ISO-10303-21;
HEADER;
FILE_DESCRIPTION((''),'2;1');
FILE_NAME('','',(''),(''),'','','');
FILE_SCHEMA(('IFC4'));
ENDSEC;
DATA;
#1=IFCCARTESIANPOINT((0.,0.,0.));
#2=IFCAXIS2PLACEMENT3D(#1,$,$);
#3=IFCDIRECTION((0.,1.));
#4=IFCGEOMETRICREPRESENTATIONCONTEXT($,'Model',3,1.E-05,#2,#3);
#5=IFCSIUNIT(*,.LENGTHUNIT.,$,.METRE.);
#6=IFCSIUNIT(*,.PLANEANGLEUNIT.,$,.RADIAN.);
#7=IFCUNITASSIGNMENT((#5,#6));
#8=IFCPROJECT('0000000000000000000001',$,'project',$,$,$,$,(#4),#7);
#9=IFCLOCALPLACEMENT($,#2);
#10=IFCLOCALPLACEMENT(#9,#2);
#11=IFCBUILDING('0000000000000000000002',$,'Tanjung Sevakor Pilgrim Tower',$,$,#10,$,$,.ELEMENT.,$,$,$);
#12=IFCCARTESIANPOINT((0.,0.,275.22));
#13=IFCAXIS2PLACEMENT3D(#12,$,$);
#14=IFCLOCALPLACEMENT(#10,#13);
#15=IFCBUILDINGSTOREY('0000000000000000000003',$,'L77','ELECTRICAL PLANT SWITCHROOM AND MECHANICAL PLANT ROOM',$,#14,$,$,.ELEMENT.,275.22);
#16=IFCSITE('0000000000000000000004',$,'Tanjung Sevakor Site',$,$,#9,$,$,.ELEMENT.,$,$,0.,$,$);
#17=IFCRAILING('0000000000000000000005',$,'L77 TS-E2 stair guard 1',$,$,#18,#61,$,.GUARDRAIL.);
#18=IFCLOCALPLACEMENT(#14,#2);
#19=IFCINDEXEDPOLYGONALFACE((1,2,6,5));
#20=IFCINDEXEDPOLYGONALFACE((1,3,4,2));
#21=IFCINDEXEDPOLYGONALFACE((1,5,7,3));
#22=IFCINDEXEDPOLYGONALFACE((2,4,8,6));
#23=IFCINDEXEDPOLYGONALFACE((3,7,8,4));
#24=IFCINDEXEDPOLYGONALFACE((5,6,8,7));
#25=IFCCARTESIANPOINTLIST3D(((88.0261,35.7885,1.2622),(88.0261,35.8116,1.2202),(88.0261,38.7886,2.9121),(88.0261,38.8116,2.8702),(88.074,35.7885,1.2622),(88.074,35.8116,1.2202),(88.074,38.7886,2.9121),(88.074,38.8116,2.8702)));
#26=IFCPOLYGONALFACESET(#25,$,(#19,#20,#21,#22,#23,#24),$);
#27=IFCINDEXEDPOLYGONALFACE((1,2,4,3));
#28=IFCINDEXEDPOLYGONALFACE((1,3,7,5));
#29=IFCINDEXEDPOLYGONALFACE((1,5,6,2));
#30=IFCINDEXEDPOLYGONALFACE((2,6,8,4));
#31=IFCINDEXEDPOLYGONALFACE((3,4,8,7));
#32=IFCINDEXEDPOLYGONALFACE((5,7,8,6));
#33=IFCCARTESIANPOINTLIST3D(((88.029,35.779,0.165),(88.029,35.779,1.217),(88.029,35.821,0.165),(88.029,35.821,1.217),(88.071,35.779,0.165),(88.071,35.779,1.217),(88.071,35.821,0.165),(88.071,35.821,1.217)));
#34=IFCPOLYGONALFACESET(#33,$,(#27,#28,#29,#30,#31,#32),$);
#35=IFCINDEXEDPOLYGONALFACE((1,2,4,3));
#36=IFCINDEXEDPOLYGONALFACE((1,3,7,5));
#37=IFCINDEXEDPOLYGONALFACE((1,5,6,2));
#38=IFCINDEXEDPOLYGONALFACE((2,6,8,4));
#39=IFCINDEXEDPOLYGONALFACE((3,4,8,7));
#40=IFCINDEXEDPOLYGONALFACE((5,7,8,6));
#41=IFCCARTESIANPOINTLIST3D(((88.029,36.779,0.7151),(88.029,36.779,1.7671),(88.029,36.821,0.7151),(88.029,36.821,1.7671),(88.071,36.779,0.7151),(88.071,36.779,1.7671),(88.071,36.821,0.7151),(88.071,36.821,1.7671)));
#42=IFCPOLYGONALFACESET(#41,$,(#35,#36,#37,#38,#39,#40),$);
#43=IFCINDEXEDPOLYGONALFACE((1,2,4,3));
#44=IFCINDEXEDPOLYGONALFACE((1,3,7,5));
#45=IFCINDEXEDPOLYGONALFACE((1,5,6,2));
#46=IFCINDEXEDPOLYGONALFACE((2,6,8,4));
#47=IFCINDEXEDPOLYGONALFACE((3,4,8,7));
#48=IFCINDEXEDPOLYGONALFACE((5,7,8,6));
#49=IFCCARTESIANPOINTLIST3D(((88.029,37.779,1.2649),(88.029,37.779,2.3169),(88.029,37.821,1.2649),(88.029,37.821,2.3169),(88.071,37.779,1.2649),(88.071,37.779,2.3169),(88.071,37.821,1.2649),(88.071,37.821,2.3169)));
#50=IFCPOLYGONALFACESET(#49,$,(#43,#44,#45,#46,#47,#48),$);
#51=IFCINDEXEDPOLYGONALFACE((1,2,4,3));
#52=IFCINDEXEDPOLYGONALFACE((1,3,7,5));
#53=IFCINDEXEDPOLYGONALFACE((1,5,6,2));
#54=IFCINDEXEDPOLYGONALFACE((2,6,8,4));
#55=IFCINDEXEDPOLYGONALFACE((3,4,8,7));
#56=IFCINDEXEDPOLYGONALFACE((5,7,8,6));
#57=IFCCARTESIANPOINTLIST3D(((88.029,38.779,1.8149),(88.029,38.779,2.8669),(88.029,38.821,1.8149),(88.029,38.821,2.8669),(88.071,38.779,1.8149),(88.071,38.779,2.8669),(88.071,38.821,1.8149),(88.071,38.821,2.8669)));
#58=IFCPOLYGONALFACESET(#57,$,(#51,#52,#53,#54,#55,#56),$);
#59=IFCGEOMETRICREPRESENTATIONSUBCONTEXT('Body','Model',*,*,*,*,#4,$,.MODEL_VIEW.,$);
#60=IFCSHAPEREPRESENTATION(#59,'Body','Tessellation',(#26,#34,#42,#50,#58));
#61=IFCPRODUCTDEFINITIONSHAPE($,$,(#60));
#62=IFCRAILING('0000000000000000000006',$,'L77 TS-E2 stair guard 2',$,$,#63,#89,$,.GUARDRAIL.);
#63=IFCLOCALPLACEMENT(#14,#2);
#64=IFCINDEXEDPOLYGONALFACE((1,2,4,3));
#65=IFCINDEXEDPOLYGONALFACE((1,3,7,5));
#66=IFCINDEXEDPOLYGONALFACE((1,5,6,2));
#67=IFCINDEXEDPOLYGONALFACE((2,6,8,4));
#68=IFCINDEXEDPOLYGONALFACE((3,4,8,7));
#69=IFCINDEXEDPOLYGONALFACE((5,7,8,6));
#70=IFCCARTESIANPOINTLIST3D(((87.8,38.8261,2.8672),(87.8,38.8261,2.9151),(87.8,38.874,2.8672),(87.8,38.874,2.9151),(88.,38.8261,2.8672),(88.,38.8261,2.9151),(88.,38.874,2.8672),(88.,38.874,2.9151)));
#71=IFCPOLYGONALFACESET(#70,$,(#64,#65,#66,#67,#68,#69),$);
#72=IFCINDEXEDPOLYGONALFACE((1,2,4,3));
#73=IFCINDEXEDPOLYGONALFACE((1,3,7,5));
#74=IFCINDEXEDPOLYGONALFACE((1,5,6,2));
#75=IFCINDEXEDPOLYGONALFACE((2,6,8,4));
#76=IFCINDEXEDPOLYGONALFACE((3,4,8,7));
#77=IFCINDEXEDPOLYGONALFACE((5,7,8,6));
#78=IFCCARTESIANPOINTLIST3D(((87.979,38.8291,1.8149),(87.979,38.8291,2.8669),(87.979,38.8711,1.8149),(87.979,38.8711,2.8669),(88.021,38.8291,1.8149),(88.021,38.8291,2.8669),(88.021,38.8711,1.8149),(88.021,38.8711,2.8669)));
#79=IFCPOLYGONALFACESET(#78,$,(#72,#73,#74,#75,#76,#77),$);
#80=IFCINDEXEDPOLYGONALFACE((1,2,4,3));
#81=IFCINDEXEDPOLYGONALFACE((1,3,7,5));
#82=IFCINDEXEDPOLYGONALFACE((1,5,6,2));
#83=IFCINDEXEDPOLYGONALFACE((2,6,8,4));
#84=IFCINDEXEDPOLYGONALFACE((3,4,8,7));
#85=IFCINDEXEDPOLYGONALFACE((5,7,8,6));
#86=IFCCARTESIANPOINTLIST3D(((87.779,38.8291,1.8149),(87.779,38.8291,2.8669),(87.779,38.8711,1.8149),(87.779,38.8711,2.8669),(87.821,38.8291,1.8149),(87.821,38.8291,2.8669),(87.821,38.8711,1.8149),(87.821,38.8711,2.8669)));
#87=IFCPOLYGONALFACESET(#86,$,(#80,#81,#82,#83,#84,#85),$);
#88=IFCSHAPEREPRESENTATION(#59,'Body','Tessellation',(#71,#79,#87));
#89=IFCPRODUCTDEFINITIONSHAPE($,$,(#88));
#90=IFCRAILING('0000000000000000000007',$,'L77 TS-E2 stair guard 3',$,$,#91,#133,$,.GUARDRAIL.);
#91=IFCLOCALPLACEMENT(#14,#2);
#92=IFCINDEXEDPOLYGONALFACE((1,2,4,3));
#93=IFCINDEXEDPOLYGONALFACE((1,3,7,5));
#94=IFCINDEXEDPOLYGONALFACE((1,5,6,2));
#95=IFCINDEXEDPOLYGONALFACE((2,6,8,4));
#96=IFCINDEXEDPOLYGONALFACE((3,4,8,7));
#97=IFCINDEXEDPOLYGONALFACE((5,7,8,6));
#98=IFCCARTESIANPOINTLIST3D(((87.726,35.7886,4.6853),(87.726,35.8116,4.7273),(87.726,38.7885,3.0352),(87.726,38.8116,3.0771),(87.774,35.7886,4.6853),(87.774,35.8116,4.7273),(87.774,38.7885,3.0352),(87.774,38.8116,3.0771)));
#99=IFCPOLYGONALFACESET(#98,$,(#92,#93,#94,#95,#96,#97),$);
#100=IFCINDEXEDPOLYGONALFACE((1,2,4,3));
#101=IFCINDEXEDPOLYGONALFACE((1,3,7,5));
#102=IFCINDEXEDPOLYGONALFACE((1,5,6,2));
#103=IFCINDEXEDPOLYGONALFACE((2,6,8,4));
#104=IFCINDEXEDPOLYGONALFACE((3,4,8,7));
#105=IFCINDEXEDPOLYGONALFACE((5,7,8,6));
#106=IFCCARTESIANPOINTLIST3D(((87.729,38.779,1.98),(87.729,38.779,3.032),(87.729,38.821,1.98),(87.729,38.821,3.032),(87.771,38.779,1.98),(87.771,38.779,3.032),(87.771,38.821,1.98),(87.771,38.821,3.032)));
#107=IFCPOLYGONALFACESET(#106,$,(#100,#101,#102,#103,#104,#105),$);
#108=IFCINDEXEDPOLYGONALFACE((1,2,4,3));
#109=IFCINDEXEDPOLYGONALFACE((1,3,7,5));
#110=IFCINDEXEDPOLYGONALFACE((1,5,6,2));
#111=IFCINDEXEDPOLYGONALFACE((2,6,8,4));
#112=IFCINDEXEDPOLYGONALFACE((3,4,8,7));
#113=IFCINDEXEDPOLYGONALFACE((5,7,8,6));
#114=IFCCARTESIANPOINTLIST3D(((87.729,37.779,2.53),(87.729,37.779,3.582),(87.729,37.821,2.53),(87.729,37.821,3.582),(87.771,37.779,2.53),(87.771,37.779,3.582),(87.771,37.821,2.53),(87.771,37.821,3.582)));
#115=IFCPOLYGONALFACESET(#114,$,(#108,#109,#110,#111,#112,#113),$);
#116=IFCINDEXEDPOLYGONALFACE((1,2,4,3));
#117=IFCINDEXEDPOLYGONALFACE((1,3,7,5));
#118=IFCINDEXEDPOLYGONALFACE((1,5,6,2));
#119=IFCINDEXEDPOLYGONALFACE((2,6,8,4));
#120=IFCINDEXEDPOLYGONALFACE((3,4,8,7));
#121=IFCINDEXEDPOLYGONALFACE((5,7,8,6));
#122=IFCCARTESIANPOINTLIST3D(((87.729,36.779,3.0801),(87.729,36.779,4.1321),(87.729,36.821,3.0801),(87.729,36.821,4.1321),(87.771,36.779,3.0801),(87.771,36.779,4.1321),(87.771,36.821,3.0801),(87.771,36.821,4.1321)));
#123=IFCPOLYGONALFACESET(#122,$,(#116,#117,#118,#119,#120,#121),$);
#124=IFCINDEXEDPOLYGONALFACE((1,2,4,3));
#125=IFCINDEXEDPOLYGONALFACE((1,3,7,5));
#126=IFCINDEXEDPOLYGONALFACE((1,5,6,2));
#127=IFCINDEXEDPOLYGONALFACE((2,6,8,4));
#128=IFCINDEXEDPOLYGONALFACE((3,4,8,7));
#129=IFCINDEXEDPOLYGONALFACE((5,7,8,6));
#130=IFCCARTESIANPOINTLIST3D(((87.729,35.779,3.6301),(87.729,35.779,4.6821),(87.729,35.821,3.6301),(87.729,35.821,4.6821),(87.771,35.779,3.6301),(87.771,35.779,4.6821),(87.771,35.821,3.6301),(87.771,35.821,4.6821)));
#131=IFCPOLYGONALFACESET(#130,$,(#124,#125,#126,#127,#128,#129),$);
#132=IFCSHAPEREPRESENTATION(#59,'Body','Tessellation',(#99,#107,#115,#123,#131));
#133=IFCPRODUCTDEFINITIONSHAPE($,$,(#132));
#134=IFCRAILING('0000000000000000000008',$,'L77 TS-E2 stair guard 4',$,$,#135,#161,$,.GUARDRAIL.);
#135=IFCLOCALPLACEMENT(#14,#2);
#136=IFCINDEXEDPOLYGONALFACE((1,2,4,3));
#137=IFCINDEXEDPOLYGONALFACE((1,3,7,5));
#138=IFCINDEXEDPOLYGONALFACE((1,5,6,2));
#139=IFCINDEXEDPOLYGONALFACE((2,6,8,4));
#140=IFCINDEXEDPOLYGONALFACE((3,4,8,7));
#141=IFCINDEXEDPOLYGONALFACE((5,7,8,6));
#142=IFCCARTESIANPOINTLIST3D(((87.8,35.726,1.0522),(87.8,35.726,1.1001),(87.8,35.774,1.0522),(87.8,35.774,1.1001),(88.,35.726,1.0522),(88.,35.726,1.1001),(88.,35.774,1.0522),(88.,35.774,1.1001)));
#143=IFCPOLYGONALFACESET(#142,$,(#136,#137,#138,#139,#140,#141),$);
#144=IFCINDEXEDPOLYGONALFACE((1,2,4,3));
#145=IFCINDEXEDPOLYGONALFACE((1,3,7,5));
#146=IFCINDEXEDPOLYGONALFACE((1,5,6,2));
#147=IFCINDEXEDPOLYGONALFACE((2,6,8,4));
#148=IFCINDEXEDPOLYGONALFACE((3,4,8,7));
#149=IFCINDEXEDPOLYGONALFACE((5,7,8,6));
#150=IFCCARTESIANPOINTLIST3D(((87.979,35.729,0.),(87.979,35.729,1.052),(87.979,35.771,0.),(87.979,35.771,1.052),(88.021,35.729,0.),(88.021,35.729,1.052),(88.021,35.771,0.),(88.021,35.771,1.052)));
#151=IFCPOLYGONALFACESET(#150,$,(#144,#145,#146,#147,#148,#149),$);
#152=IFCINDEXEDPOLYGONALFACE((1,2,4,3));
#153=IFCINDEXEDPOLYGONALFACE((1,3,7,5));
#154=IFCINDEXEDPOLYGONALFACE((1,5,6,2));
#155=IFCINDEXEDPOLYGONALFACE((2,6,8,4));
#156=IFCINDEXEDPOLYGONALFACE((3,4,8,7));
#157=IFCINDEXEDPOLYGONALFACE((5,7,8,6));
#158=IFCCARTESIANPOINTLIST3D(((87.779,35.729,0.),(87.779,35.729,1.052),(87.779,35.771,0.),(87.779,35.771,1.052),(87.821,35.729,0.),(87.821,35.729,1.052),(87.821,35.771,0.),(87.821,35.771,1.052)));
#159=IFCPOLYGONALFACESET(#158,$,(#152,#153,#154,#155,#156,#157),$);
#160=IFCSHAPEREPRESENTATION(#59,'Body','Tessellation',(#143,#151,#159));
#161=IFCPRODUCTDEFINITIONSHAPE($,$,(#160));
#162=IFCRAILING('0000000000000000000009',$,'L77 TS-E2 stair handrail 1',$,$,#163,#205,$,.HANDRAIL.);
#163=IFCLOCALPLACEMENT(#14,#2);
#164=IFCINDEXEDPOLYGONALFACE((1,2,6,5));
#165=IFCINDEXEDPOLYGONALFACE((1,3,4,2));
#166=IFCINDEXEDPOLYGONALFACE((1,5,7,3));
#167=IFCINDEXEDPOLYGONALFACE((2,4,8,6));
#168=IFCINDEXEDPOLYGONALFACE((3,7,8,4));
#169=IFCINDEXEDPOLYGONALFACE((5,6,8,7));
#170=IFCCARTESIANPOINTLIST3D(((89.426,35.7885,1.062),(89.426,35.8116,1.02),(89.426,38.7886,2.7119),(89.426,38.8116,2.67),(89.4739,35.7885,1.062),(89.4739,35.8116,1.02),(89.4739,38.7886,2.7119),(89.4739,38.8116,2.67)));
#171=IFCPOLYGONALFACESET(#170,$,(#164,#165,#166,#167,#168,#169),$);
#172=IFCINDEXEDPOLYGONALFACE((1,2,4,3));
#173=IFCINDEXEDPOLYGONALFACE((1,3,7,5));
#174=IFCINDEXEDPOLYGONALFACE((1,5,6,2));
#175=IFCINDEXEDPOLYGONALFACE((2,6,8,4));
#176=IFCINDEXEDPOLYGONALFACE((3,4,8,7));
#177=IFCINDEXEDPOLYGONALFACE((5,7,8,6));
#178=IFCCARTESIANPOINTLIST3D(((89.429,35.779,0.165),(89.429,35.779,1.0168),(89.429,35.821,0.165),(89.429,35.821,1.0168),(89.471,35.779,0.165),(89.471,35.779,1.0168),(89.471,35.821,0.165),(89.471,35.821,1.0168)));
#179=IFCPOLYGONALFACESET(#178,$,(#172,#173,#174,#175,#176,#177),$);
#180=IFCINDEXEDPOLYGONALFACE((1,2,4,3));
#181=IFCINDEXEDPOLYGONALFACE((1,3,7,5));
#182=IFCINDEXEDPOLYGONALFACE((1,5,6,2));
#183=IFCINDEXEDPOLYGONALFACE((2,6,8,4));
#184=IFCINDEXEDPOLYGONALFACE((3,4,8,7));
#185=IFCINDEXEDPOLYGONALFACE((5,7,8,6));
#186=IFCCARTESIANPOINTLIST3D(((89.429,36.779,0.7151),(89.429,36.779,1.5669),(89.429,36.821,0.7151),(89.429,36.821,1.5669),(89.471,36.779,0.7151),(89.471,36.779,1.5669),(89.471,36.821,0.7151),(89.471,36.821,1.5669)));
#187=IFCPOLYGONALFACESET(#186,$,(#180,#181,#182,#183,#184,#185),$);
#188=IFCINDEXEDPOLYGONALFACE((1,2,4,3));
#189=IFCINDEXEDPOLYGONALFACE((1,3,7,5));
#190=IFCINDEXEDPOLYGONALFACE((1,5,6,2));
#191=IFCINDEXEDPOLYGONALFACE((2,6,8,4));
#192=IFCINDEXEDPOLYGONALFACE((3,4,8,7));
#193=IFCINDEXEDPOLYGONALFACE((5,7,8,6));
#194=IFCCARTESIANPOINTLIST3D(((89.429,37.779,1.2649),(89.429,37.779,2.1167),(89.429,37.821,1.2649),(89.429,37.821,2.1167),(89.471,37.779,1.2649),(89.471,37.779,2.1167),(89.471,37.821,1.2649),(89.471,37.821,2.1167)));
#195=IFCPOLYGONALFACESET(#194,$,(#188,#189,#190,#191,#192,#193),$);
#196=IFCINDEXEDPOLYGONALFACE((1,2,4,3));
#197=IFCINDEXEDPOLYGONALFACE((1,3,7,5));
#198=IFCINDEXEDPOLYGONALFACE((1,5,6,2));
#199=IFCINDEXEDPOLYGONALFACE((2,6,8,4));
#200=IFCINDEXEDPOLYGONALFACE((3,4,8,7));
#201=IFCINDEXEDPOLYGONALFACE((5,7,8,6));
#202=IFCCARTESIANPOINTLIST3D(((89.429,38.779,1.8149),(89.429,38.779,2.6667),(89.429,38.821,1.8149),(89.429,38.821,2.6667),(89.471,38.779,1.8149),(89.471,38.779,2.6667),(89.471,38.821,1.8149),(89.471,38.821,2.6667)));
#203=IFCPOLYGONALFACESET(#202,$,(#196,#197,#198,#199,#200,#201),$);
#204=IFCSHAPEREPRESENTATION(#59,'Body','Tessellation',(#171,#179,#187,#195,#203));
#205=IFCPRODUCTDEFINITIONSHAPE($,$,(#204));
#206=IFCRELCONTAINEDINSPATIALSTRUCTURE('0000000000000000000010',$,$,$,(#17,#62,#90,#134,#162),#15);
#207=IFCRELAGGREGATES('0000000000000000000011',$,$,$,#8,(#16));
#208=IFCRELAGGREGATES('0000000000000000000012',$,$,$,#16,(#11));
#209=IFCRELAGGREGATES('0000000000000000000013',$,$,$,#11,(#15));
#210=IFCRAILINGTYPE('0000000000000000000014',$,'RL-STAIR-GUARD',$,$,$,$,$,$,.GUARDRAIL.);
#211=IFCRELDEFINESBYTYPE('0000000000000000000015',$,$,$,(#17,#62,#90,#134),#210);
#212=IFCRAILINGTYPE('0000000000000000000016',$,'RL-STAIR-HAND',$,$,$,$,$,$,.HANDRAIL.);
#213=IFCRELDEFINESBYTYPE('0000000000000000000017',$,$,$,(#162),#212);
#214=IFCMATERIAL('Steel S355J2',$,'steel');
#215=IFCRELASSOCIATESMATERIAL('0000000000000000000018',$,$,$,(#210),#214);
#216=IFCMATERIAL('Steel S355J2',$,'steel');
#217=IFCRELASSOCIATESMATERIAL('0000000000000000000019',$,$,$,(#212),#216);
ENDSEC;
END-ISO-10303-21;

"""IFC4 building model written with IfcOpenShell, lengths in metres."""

from ifc_helpers import new_model, si_unit, direction, frame, origin, place, context, subcontext, project, spatial, rectangle, extrude, material, type_object, element, save


model = new_model("IFC4")

# Units and contexts
model_context = context("Model", 3, precision=1e-05, world=origin(), true_north=direction((0.0, 1.0)))
body_context = subcontext(model_context, "Body", "Model", "MODEL_VIEW")
ifc_project = project(units=[si_unit("LENGTHUNIT", "METRE"), si_unit("PLANEANGLEUNIT", "RADIAN")], contexts=[model_context])

# Site, building, storey
site_placement = place(None, origin())
site = spatial("IfcSite", under=ifc_project, at=site_placement, Name="Tanjung Sevakor Site", CompositionType="ELEMENT", RefElevation=0.0)
building_placement = place(site_placement, origin())
building = spatial("IfcBuilding", under=site, at=building_placement, Name="Tanjung Sevakor Pilgrim Tower", CompositionType="ELEMENT")
storey_placement = place(building_placement, frame((0.0, 0.0, 275.22)))
storey = spatial("IfcBuildingStorey", under=building, at=storey_placement, Name="L77", Description="ELECTRICAL PLANT SWITCHROOM AND MECHANICAL PLANT ROOM", CompositionType="ELEMENT", Elevation=275.22)

# Railings
ifc_material_1 = material(Name="Steel S355J2", Category="steel")
railing_type_1 = type_object("IfcRailingType", Name="RL-STAIR-GUARD", PredefinedType="GUARDRAIL", material=ifc_material_1)
railing_1_placement = place(storey_placement, frame((88.05, 35.8, 0.165)))
element("IfcRailing", 1, at=railing_1_placement, inside=storey, type_object=railing_type_1, Name="L77 TS-E2 stair guard 1", PredefinedType="GUARDRAIL", context=body_context, shape_type="SweptSolid", body=[
    extrude(rectangle(XDim=0.0479, YDim=0.0479), frame((0.0, 0.0, 1.0762), z_axis=(0.0, 0.876228, 0.481897), x_axis=(-1.0, 0.0, 0.0)), (0.0, 0.0, 1.0), 3.4238),
    extrude(rectangle(XDim=0.042, YDim=0.042), origin(), (0.0, 0.0, 1.0), 1.052),
    extrude(rectangle(XDim=0.042, YDim=0.042), frame((0.0, 1.0, 0.55)), (0.0, 0.0, 1.0), 1.052),
    extrude(rectangle(XDim=0.042, YDim=0.042), frame((0.0, 2.0, 1.0999)), (0.0, 0.0, 1.0), 1.052),
    extrude(rectangle(XDim=0.042, YDim=0.042), frame((0.0, 3.0, 1.6499)), (0.0, 0.0, 1.0), 1.052),
])
railing_2_placement = place(storey_placement, frame((88.0, 38.8501, 1.8149)))
element("IfcRailing", 2, at=railing_2_placement, inside=storey, type_object=railing_type_1, Name="L77 TS-E2 stair guard 2", PredefinedType="GUARDRAIL", context=body_context, shape_type="SweptSolid", body=[
    extrude(rectangle(XDim=0.0479, YDim=0.0479), frame((0.0, 0.0, 1.0762), z_axis=(-1.0, 0.0, 0.0), x_axis=(0.0, -1.0, 0.0)), (0.0, 0.0, 1.0), 0.2),
    extrude(rectangle(XDim=0.042, YDim=0.042), origin(), (0.0, 0.0, 1.0), 1.052),
    extrude(rectangle(XDim=0.042, YDim=0.042), frame((-0.2, 0.0, 0.0)), (0.0, 0.0, 1.0), 1.052),
])
railing_3_placement = place(storey_placement, frame((87.75, 38.8, 1.98)))
element("IfcRailing", 3, at=railing_3_placement, inside=storey, type_object=railing_type_1, Name="L77 TS-E2 stair guard 3", PredefinedType="GUARDRAIL", context=body_context, shape_type="SweptSolid", body=[
    extrude(rectangle(XDim=0.0479, YDim=0.0479), frame((0.0, 0.0, 1.0762), z_axis=(0.0, -0.876198, 0.481952), x_axis=(1.0, 0.0, 0.0)), (0.0, 0.0, 1.0), 3.4238),
    extrude(rectangle(XDim=0.042, YDim=0.042), origin(), (0.0, 0.0, 1.0), 1.052),
    extrude(rectangle(XDim=0.042, YDim=0.042), frame((0.0, -1.0, 0.55)), (0.0, 0.0, 1.0), 1.052),
    extrude(rectangle(XDim=0.042, YDim=0.042), frame((0.0, -2.0, 1.1001)), (0.0, 0.0, 1.0), 1.052),
    extrude(rectangle(XDim=0.042, YDim=0.042), frame((0.0, -3.0, 1.6501)), (0.0, 0.0, 1.0), 1.052),
])
railing_4_placement = place(storey_placement, frame((88.0, 35.75, 0.0)))
element("IfcRailing", 4, at=railing_4_placement, inside=storey, type_object=railing_type_1, Name="L77 TS-E2 stair guard 4", PredefinedType="GUARDRAIL", context=body_context, shape_type="SweptSolid", body=[
    extrude(rectangle(XDim=0.0479, YDim=0.0479), frame((0.0, 0.0, 1.0762), z_axis=(-1.0, 0.0, 0.0), x_axis=(0.0, -1.0, 0.0)), (0.0, 0.0, 1.0), 0.2),
    extrude(rectangle(XDim=0.042, YDim=0.042), origin(), (0.0, 0.0, 1.0), 1.052),
    extrude(rectangle(XDim=0.042, YDim=0.042), frame((-0.2, 0.0, 0.0)), (0.0, 0.0, 1.0), 1.052),
])
ifc_material_2 = material(Name="Steel S355J2", Category="steel")
railing_type_2 = type_object("IfcRailingType", Name="RL-STAIR-HAND", PredefinedType="HANDRAIL", material=ifc_material_2)
railing_5_placement = place(storey_placement, frame((89.45, 35.8, 0.165)))
element("IfcRailing", 5, at=railing_5_placement, inside=storey, type_object=railing_type_2, Name="L77 TS-E2 stair handrail 1", PredefinedType="HANDRAIL", context=body_context, shape_type="SweptSolid", body=[
    extrude(rectangle(XDim=0.0479, YDim=0.0479), frame((0.0, 0.0, 0.876), z_axis=(0.0, 0.876228, 0.481897), x_axis=(-1.0, 0.0, 0.0)), (0.0, 0.0, 1.0), 3.4238),
    extrude(rectangle(XDim=0.042, YDim=0.042), origin(), (0.0, 0.0, 1.0), 0.8518),
    extrude(rectangle(XDim=0.042, YDim=0.042), frame((0.0, 1.0, 0.55)), (0.0, 0.0, 1.0), 0.8518),
    extrude(rectangle(XDim=0.042, YDim=0.042), frame((0.0, 2.0, 1.0999)), (0.0, 0.0, 1.0), 0.8518),
    extrude(rectangle(XDim=0.042, YDim=0.042), frame((0.0, 3.0, 1.6499)), (0.0, 0.0, 1.0), 0.8518),
])

save(model, "model.ifc")
